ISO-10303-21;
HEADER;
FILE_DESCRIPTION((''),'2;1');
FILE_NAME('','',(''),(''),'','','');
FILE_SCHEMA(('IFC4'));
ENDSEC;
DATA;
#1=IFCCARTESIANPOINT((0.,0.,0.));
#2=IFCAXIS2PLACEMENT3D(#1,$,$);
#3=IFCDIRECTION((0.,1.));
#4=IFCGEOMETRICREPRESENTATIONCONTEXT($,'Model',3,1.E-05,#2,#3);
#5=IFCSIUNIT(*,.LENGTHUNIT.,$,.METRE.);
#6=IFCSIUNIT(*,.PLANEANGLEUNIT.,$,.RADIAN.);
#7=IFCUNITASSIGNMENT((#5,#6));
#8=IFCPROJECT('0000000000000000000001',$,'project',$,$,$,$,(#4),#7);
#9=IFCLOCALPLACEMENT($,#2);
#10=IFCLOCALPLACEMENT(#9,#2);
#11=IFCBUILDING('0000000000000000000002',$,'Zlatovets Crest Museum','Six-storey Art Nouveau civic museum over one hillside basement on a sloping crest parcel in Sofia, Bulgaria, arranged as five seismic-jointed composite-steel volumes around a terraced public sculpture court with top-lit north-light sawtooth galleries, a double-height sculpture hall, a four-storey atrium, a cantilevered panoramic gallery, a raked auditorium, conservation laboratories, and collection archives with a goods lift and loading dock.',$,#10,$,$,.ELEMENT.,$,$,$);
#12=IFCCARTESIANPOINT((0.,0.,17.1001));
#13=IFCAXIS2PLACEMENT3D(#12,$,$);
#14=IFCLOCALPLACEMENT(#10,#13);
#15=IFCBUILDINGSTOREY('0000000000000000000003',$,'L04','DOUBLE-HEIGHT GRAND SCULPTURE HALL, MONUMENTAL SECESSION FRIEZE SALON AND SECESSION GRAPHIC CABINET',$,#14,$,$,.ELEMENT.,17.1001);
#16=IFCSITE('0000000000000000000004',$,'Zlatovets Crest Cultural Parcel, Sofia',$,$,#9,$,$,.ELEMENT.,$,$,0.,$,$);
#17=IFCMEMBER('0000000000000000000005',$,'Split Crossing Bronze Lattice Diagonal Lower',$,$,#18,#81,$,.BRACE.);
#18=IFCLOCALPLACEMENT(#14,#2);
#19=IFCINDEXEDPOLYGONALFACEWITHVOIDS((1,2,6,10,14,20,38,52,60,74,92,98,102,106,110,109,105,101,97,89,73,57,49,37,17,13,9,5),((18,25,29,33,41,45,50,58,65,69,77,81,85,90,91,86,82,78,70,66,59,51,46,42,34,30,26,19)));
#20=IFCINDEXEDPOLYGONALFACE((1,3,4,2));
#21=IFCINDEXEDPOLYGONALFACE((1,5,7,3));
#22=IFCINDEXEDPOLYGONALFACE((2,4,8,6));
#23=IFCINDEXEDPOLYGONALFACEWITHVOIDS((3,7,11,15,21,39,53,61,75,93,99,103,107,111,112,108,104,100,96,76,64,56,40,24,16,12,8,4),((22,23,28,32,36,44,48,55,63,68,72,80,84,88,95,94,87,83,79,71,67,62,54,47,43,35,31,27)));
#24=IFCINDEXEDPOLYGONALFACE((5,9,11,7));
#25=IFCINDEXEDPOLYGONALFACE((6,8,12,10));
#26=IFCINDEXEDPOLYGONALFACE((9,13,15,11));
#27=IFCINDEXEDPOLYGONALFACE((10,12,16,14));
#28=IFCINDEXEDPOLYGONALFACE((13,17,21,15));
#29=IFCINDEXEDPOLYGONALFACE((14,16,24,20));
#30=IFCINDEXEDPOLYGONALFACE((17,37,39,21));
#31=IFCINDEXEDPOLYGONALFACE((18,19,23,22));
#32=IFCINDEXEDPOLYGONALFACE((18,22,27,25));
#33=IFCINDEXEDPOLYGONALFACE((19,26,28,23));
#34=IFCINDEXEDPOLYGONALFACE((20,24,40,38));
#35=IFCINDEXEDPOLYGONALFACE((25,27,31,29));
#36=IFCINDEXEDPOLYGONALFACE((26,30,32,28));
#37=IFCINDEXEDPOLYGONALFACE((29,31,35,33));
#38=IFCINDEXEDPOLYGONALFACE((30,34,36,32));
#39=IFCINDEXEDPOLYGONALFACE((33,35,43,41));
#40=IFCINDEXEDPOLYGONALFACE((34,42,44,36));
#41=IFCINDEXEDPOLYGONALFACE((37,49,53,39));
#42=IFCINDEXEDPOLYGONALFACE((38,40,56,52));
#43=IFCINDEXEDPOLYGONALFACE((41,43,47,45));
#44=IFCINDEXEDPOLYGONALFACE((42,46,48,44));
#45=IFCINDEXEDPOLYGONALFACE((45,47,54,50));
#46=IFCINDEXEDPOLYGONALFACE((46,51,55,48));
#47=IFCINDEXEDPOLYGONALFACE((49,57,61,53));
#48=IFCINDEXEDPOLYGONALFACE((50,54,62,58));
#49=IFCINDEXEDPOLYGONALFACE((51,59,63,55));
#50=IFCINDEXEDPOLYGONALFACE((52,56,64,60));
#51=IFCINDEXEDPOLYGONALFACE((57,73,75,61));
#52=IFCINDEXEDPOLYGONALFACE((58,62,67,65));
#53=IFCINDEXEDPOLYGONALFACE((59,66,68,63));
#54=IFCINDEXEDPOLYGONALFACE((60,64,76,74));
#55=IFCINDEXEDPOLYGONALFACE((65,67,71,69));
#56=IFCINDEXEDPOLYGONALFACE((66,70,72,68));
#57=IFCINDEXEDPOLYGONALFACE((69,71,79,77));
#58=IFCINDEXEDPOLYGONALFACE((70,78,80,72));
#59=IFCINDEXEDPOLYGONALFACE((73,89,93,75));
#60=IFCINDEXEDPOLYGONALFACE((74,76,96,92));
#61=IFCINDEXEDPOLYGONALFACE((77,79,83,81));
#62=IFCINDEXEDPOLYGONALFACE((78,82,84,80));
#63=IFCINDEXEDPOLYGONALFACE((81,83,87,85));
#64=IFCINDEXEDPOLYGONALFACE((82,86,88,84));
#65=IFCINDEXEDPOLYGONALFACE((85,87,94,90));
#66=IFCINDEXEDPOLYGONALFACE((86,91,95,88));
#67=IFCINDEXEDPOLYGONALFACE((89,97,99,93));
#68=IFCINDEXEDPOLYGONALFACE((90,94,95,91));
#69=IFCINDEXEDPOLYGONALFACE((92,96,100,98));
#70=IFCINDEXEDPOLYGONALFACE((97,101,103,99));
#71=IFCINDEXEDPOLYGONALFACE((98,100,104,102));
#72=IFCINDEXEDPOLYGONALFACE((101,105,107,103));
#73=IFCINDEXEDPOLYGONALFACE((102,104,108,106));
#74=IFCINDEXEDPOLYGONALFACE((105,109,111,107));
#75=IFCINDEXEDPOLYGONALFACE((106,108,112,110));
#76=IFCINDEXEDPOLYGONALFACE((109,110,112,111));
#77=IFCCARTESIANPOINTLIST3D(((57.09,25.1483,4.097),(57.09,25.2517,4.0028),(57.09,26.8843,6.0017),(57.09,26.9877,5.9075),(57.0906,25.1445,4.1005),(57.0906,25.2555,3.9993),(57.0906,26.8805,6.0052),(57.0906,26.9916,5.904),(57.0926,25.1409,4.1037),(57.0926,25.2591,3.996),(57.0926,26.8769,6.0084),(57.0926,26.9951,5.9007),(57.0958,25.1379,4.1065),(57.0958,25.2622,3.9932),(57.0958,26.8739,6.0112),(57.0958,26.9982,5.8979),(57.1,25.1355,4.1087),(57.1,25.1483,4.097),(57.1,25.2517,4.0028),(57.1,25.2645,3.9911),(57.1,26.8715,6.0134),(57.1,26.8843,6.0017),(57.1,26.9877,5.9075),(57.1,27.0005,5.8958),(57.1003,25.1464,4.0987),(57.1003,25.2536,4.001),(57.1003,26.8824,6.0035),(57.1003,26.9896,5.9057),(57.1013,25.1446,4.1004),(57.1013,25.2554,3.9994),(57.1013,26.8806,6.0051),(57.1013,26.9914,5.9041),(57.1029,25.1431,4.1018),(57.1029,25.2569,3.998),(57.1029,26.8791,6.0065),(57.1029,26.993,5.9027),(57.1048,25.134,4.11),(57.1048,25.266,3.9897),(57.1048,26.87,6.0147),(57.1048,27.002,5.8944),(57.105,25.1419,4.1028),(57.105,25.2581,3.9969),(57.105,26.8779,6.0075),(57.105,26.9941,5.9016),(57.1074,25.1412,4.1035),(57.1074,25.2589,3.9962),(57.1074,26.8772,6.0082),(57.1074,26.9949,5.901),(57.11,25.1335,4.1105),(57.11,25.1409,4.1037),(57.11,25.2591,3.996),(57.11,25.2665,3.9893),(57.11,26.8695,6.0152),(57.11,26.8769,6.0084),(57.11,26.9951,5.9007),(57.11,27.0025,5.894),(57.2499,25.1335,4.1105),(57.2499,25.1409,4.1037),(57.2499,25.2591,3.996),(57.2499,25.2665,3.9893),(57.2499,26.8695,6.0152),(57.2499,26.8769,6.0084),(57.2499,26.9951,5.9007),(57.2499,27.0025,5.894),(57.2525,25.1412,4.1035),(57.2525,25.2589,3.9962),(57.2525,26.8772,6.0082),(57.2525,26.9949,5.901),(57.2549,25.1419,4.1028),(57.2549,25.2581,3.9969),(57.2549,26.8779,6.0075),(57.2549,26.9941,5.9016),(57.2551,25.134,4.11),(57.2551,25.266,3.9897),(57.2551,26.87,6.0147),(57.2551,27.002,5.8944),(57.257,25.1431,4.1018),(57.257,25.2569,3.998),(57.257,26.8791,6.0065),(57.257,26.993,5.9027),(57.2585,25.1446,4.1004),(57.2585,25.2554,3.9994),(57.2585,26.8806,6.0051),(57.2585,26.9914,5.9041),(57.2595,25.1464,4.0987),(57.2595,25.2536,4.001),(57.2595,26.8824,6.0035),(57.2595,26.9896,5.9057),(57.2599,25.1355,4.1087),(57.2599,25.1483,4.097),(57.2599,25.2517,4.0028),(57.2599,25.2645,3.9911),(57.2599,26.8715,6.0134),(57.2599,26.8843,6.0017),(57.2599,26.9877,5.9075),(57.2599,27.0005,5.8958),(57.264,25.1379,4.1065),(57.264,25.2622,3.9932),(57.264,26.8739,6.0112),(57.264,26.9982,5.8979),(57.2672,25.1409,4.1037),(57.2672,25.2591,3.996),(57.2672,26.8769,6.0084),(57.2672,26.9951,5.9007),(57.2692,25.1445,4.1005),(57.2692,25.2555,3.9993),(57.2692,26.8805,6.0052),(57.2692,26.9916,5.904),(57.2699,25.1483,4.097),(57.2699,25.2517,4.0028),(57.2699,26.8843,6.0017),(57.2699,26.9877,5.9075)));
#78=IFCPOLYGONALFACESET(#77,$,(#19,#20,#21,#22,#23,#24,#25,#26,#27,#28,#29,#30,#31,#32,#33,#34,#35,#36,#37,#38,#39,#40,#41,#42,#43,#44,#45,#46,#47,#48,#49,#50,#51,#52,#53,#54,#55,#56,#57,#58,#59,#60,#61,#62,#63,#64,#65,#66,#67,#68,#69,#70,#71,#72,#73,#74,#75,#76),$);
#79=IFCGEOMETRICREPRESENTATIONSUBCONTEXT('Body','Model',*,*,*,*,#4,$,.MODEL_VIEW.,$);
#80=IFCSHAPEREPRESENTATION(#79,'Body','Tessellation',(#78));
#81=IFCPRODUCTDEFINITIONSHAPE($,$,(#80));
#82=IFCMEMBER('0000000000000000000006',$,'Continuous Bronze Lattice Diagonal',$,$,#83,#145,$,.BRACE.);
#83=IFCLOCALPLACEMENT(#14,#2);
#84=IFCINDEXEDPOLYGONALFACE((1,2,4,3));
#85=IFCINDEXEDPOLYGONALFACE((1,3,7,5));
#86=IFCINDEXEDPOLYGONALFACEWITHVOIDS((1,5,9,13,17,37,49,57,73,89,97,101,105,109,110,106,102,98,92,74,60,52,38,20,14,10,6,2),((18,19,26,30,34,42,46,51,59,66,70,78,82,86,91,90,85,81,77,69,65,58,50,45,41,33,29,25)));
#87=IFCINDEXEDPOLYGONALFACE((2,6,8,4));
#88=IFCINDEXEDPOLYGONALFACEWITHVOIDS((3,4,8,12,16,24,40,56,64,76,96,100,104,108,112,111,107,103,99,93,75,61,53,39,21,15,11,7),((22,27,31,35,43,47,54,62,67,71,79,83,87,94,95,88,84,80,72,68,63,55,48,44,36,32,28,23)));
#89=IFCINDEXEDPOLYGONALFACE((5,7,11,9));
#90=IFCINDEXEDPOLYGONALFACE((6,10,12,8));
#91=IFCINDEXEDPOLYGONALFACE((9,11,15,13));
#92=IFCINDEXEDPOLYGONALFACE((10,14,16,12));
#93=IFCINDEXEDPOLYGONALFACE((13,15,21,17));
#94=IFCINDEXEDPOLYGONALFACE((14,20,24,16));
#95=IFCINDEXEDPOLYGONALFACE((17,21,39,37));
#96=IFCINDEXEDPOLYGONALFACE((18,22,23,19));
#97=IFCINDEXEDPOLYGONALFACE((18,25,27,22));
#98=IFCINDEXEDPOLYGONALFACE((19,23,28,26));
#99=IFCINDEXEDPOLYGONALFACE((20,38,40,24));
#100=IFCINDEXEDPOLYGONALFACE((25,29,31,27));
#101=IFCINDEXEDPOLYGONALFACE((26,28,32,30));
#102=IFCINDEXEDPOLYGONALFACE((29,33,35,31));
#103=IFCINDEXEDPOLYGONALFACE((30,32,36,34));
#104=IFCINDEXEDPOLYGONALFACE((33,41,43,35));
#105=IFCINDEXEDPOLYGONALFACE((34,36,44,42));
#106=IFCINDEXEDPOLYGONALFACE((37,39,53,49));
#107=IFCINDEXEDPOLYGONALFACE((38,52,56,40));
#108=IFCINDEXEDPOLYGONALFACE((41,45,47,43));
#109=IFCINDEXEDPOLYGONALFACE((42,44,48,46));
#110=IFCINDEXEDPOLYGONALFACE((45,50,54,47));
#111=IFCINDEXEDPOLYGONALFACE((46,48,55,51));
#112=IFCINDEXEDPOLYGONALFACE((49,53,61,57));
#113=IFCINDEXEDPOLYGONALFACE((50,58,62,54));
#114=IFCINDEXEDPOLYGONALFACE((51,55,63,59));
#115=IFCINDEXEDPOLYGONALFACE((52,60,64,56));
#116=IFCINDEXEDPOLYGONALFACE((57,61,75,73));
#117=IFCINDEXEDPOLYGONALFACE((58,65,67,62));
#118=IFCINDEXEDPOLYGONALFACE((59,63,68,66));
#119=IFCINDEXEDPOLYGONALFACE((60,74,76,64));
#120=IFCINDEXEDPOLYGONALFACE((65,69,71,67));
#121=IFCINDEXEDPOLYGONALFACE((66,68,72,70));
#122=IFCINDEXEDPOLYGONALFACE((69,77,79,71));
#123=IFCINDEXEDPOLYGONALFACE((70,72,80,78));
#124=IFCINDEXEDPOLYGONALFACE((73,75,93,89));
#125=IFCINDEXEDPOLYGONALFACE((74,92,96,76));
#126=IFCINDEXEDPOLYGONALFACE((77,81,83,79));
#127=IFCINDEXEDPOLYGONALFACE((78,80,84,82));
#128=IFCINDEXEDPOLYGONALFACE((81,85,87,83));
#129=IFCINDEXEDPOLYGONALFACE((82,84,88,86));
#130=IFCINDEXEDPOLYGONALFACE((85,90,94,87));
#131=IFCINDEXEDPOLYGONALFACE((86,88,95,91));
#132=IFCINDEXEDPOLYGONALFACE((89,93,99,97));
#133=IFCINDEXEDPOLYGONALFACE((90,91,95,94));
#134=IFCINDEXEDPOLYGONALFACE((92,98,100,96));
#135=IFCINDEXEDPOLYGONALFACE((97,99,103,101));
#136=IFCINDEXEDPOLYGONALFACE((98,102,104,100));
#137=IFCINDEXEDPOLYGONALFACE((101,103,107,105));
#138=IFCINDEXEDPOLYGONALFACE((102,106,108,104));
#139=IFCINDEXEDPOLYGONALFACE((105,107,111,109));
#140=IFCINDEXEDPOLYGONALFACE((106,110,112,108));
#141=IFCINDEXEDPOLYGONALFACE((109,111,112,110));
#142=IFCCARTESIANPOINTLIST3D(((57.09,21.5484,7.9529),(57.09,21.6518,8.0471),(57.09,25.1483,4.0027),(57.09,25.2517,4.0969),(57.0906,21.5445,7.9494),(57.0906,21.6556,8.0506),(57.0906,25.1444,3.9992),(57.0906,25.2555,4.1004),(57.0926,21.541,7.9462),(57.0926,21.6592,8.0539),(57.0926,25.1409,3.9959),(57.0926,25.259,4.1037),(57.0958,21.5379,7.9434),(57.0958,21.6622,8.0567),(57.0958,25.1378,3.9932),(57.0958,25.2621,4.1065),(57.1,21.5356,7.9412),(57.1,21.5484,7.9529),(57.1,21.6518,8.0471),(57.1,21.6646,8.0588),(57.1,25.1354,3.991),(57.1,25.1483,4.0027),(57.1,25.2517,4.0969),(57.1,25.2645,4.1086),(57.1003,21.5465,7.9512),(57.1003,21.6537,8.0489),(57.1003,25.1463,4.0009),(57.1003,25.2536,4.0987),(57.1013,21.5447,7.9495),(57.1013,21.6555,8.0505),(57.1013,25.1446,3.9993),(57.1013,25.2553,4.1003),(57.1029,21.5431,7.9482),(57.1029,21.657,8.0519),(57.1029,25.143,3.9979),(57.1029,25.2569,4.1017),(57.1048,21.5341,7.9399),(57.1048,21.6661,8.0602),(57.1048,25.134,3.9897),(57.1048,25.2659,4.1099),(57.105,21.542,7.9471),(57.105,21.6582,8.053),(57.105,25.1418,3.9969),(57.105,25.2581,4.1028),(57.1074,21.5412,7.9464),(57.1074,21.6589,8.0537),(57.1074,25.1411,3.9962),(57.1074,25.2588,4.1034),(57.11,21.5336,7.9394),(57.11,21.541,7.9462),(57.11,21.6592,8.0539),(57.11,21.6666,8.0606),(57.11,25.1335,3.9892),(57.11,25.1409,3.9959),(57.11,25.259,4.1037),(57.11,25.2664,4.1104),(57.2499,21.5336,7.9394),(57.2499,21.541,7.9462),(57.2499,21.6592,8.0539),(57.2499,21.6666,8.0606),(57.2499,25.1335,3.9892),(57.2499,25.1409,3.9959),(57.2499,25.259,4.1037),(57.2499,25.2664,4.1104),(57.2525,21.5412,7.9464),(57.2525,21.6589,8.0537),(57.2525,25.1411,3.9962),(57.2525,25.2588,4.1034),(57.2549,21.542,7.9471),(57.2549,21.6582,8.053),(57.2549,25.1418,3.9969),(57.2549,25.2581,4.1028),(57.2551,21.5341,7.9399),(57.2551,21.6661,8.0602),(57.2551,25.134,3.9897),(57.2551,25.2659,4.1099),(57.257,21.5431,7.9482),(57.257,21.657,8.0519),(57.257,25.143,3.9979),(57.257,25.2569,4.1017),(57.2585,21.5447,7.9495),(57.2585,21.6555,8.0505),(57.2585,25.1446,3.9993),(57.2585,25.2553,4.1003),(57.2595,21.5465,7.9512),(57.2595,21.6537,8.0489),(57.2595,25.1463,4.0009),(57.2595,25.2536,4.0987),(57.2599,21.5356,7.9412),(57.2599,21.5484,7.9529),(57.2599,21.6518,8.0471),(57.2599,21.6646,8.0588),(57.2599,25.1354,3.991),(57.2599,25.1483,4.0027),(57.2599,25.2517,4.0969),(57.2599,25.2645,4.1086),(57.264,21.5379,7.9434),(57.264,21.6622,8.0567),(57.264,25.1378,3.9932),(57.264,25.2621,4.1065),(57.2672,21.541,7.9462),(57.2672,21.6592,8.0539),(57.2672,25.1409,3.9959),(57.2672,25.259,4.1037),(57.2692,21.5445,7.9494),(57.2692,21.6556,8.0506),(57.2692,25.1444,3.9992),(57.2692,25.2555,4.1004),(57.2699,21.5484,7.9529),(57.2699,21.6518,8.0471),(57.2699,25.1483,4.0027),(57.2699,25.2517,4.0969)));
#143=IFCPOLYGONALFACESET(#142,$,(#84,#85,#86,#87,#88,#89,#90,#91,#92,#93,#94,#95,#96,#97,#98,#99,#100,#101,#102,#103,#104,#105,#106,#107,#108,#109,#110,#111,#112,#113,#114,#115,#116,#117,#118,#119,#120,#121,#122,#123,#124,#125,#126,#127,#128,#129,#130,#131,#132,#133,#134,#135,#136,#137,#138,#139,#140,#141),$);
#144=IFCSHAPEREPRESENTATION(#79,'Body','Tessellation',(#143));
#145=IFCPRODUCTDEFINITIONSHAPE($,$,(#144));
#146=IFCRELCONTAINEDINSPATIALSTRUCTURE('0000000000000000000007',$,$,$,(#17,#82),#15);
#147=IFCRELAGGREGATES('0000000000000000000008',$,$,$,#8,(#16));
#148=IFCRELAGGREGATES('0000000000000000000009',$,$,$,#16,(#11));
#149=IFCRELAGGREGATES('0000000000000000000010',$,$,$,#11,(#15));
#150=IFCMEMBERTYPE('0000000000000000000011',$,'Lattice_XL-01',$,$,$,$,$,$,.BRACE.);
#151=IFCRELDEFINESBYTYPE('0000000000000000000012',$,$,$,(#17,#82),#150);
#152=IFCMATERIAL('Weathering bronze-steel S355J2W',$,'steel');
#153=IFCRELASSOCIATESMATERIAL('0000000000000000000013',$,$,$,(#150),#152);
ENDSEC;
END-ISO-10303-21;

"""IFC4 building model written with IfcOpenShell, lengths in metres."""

from ifc_helpers import new_model, si_unit, direction, frame, origin, origin_2d, place, context, subcontext, project, spatial, hollow_rectangle, extrude, material, material_profile, profile_set, type_object, element, save


model = new_model("IFC4")

# Units and contexts
model_context = context("Model", 3, precision=1e-05, world=origin(), true_north=direction((0.0, 1.0)))
body_context = subcontext(model_context, "Body", "Model", "MODEL_VIEW")
ifc_project = project(units=[si_unit("LENGTHUNIT", "METRE"), si_unit("PLANEANGLEUNIT", "RADIAN")], contexts=[model_context])

# Site, building, storey
site_placement = place(None, origin())
site = spatial("IfcSite", under=ifc_project, at=site_placement, Name="Zlatovets Crest Cultural Parcel, Sofia", CompositionType="ELEMENT", RefElevation=0.0)
building_placement = place(site_placement, origin())
building = spatial("IfcBuilding", under=site, at=building_placement, Name="Zlatovets Crest Museum", Description="Six-storey Art Nouveau civic museum over one hillside basement on a sloping crest parcel in Sofia, Bulgaria, arranged as five seismic-jointed composite-steel volumes around a terraced public sculpture court with top-lit north-light sawtooth galleries, a double-height sculpture hall, a four-storey atrium, a cantilevered panoramic gallery, a raked auditorium, conservation laboratories, and collection archives with a goods lift and loading dock.", CompositionType="ELEMENT")
storey_placement = place(building_placement, frame((0.0, 0.0, 17.1001)))
storey = spatial("IfcBuildingStorey", under=building, at=storey_placement, Name="L04", Description="DOUBLE-HEIGHT GRAND SCULPTURE HALL, MONUMENTAL SECESSION FRIEZE SALON AND SECESSION GRAPHIC CABINET", CompositionType="ELEMENT", Elevation=17.1001)

# Members
ifc_material_1 = material(Name="Weathering bronze-steel S355J2W", Category="steel")
ifc_material_profile_1 = material_profile(ifc_material_1, hollow_rectangle(XDim=0.1799, YDim=0.1799, WallThickness=0.01, InnerFilletRadius=0.01, OuterFilletRadius=0.02, at=origin_2d()), Name="SHS 180x180x10.0")
ifc_profile_set_1 = profile_set([ifc_material_profile_1], Name="Weathering bronze-steel S355J2W")
member_type_1 = type_object("IfcMemberType", Name="Lattice_XL-01", PredefinedType="BRACE", material=ifc_profile_set_1)
for number, where, z_axis, x_axis, name in (
    (1, (57.1799, 26.936, 5.9546), (0.0, -0.67362, -0.739078), (1.0, 0.0, 0.0), "Split Crossing Bronze Lattice Diagonal Lower"),
):
    element("IfcMember", number, at=place(storey_placement, frame(where, z_axis=z_axis, x_axis=x_axis)), inside=storey, type_object=member_type_1, Name=name, PredefinedType="BRACE", context=body_context, shape_type="SweptSolid", body=[
        extrude(hollow_rectangle(XDim=0.1799, YDim=0.1799, WallThickness=0.01, InnerFilletRadius=0.01, OuterFilletRadius=0.02, at=origin_2d()), origin(), (0.0, 0.0, 1.0), 2.5771),
    ])
member_1_placement = place(storey_placement, frame((57.1799, 25.2, 4.0498), z_axis=(0.0, -0.67357, 0.739123), x_axis=(1.0, 0.0, 0.0)))
element("IfcMember", 2, at=member_1_placement, inside=storey, type_object=member_type_1, Name="Continuous Bronze Lattice Diagonal", PredefinedType="BRACE", context=body_context, shape_type="SweptSolid", body=[
    extrude(hollow_rectangle(XDim=0.1799, YDim=0.1799, WallThickness=0.01, InnerFilletRadius=0.01, OuterFilletRadius=0.02, at=origin_2d()), origin(), (0.0, 0.0, 1.0), 5.3445),
])

save(model, "model.ifc")
